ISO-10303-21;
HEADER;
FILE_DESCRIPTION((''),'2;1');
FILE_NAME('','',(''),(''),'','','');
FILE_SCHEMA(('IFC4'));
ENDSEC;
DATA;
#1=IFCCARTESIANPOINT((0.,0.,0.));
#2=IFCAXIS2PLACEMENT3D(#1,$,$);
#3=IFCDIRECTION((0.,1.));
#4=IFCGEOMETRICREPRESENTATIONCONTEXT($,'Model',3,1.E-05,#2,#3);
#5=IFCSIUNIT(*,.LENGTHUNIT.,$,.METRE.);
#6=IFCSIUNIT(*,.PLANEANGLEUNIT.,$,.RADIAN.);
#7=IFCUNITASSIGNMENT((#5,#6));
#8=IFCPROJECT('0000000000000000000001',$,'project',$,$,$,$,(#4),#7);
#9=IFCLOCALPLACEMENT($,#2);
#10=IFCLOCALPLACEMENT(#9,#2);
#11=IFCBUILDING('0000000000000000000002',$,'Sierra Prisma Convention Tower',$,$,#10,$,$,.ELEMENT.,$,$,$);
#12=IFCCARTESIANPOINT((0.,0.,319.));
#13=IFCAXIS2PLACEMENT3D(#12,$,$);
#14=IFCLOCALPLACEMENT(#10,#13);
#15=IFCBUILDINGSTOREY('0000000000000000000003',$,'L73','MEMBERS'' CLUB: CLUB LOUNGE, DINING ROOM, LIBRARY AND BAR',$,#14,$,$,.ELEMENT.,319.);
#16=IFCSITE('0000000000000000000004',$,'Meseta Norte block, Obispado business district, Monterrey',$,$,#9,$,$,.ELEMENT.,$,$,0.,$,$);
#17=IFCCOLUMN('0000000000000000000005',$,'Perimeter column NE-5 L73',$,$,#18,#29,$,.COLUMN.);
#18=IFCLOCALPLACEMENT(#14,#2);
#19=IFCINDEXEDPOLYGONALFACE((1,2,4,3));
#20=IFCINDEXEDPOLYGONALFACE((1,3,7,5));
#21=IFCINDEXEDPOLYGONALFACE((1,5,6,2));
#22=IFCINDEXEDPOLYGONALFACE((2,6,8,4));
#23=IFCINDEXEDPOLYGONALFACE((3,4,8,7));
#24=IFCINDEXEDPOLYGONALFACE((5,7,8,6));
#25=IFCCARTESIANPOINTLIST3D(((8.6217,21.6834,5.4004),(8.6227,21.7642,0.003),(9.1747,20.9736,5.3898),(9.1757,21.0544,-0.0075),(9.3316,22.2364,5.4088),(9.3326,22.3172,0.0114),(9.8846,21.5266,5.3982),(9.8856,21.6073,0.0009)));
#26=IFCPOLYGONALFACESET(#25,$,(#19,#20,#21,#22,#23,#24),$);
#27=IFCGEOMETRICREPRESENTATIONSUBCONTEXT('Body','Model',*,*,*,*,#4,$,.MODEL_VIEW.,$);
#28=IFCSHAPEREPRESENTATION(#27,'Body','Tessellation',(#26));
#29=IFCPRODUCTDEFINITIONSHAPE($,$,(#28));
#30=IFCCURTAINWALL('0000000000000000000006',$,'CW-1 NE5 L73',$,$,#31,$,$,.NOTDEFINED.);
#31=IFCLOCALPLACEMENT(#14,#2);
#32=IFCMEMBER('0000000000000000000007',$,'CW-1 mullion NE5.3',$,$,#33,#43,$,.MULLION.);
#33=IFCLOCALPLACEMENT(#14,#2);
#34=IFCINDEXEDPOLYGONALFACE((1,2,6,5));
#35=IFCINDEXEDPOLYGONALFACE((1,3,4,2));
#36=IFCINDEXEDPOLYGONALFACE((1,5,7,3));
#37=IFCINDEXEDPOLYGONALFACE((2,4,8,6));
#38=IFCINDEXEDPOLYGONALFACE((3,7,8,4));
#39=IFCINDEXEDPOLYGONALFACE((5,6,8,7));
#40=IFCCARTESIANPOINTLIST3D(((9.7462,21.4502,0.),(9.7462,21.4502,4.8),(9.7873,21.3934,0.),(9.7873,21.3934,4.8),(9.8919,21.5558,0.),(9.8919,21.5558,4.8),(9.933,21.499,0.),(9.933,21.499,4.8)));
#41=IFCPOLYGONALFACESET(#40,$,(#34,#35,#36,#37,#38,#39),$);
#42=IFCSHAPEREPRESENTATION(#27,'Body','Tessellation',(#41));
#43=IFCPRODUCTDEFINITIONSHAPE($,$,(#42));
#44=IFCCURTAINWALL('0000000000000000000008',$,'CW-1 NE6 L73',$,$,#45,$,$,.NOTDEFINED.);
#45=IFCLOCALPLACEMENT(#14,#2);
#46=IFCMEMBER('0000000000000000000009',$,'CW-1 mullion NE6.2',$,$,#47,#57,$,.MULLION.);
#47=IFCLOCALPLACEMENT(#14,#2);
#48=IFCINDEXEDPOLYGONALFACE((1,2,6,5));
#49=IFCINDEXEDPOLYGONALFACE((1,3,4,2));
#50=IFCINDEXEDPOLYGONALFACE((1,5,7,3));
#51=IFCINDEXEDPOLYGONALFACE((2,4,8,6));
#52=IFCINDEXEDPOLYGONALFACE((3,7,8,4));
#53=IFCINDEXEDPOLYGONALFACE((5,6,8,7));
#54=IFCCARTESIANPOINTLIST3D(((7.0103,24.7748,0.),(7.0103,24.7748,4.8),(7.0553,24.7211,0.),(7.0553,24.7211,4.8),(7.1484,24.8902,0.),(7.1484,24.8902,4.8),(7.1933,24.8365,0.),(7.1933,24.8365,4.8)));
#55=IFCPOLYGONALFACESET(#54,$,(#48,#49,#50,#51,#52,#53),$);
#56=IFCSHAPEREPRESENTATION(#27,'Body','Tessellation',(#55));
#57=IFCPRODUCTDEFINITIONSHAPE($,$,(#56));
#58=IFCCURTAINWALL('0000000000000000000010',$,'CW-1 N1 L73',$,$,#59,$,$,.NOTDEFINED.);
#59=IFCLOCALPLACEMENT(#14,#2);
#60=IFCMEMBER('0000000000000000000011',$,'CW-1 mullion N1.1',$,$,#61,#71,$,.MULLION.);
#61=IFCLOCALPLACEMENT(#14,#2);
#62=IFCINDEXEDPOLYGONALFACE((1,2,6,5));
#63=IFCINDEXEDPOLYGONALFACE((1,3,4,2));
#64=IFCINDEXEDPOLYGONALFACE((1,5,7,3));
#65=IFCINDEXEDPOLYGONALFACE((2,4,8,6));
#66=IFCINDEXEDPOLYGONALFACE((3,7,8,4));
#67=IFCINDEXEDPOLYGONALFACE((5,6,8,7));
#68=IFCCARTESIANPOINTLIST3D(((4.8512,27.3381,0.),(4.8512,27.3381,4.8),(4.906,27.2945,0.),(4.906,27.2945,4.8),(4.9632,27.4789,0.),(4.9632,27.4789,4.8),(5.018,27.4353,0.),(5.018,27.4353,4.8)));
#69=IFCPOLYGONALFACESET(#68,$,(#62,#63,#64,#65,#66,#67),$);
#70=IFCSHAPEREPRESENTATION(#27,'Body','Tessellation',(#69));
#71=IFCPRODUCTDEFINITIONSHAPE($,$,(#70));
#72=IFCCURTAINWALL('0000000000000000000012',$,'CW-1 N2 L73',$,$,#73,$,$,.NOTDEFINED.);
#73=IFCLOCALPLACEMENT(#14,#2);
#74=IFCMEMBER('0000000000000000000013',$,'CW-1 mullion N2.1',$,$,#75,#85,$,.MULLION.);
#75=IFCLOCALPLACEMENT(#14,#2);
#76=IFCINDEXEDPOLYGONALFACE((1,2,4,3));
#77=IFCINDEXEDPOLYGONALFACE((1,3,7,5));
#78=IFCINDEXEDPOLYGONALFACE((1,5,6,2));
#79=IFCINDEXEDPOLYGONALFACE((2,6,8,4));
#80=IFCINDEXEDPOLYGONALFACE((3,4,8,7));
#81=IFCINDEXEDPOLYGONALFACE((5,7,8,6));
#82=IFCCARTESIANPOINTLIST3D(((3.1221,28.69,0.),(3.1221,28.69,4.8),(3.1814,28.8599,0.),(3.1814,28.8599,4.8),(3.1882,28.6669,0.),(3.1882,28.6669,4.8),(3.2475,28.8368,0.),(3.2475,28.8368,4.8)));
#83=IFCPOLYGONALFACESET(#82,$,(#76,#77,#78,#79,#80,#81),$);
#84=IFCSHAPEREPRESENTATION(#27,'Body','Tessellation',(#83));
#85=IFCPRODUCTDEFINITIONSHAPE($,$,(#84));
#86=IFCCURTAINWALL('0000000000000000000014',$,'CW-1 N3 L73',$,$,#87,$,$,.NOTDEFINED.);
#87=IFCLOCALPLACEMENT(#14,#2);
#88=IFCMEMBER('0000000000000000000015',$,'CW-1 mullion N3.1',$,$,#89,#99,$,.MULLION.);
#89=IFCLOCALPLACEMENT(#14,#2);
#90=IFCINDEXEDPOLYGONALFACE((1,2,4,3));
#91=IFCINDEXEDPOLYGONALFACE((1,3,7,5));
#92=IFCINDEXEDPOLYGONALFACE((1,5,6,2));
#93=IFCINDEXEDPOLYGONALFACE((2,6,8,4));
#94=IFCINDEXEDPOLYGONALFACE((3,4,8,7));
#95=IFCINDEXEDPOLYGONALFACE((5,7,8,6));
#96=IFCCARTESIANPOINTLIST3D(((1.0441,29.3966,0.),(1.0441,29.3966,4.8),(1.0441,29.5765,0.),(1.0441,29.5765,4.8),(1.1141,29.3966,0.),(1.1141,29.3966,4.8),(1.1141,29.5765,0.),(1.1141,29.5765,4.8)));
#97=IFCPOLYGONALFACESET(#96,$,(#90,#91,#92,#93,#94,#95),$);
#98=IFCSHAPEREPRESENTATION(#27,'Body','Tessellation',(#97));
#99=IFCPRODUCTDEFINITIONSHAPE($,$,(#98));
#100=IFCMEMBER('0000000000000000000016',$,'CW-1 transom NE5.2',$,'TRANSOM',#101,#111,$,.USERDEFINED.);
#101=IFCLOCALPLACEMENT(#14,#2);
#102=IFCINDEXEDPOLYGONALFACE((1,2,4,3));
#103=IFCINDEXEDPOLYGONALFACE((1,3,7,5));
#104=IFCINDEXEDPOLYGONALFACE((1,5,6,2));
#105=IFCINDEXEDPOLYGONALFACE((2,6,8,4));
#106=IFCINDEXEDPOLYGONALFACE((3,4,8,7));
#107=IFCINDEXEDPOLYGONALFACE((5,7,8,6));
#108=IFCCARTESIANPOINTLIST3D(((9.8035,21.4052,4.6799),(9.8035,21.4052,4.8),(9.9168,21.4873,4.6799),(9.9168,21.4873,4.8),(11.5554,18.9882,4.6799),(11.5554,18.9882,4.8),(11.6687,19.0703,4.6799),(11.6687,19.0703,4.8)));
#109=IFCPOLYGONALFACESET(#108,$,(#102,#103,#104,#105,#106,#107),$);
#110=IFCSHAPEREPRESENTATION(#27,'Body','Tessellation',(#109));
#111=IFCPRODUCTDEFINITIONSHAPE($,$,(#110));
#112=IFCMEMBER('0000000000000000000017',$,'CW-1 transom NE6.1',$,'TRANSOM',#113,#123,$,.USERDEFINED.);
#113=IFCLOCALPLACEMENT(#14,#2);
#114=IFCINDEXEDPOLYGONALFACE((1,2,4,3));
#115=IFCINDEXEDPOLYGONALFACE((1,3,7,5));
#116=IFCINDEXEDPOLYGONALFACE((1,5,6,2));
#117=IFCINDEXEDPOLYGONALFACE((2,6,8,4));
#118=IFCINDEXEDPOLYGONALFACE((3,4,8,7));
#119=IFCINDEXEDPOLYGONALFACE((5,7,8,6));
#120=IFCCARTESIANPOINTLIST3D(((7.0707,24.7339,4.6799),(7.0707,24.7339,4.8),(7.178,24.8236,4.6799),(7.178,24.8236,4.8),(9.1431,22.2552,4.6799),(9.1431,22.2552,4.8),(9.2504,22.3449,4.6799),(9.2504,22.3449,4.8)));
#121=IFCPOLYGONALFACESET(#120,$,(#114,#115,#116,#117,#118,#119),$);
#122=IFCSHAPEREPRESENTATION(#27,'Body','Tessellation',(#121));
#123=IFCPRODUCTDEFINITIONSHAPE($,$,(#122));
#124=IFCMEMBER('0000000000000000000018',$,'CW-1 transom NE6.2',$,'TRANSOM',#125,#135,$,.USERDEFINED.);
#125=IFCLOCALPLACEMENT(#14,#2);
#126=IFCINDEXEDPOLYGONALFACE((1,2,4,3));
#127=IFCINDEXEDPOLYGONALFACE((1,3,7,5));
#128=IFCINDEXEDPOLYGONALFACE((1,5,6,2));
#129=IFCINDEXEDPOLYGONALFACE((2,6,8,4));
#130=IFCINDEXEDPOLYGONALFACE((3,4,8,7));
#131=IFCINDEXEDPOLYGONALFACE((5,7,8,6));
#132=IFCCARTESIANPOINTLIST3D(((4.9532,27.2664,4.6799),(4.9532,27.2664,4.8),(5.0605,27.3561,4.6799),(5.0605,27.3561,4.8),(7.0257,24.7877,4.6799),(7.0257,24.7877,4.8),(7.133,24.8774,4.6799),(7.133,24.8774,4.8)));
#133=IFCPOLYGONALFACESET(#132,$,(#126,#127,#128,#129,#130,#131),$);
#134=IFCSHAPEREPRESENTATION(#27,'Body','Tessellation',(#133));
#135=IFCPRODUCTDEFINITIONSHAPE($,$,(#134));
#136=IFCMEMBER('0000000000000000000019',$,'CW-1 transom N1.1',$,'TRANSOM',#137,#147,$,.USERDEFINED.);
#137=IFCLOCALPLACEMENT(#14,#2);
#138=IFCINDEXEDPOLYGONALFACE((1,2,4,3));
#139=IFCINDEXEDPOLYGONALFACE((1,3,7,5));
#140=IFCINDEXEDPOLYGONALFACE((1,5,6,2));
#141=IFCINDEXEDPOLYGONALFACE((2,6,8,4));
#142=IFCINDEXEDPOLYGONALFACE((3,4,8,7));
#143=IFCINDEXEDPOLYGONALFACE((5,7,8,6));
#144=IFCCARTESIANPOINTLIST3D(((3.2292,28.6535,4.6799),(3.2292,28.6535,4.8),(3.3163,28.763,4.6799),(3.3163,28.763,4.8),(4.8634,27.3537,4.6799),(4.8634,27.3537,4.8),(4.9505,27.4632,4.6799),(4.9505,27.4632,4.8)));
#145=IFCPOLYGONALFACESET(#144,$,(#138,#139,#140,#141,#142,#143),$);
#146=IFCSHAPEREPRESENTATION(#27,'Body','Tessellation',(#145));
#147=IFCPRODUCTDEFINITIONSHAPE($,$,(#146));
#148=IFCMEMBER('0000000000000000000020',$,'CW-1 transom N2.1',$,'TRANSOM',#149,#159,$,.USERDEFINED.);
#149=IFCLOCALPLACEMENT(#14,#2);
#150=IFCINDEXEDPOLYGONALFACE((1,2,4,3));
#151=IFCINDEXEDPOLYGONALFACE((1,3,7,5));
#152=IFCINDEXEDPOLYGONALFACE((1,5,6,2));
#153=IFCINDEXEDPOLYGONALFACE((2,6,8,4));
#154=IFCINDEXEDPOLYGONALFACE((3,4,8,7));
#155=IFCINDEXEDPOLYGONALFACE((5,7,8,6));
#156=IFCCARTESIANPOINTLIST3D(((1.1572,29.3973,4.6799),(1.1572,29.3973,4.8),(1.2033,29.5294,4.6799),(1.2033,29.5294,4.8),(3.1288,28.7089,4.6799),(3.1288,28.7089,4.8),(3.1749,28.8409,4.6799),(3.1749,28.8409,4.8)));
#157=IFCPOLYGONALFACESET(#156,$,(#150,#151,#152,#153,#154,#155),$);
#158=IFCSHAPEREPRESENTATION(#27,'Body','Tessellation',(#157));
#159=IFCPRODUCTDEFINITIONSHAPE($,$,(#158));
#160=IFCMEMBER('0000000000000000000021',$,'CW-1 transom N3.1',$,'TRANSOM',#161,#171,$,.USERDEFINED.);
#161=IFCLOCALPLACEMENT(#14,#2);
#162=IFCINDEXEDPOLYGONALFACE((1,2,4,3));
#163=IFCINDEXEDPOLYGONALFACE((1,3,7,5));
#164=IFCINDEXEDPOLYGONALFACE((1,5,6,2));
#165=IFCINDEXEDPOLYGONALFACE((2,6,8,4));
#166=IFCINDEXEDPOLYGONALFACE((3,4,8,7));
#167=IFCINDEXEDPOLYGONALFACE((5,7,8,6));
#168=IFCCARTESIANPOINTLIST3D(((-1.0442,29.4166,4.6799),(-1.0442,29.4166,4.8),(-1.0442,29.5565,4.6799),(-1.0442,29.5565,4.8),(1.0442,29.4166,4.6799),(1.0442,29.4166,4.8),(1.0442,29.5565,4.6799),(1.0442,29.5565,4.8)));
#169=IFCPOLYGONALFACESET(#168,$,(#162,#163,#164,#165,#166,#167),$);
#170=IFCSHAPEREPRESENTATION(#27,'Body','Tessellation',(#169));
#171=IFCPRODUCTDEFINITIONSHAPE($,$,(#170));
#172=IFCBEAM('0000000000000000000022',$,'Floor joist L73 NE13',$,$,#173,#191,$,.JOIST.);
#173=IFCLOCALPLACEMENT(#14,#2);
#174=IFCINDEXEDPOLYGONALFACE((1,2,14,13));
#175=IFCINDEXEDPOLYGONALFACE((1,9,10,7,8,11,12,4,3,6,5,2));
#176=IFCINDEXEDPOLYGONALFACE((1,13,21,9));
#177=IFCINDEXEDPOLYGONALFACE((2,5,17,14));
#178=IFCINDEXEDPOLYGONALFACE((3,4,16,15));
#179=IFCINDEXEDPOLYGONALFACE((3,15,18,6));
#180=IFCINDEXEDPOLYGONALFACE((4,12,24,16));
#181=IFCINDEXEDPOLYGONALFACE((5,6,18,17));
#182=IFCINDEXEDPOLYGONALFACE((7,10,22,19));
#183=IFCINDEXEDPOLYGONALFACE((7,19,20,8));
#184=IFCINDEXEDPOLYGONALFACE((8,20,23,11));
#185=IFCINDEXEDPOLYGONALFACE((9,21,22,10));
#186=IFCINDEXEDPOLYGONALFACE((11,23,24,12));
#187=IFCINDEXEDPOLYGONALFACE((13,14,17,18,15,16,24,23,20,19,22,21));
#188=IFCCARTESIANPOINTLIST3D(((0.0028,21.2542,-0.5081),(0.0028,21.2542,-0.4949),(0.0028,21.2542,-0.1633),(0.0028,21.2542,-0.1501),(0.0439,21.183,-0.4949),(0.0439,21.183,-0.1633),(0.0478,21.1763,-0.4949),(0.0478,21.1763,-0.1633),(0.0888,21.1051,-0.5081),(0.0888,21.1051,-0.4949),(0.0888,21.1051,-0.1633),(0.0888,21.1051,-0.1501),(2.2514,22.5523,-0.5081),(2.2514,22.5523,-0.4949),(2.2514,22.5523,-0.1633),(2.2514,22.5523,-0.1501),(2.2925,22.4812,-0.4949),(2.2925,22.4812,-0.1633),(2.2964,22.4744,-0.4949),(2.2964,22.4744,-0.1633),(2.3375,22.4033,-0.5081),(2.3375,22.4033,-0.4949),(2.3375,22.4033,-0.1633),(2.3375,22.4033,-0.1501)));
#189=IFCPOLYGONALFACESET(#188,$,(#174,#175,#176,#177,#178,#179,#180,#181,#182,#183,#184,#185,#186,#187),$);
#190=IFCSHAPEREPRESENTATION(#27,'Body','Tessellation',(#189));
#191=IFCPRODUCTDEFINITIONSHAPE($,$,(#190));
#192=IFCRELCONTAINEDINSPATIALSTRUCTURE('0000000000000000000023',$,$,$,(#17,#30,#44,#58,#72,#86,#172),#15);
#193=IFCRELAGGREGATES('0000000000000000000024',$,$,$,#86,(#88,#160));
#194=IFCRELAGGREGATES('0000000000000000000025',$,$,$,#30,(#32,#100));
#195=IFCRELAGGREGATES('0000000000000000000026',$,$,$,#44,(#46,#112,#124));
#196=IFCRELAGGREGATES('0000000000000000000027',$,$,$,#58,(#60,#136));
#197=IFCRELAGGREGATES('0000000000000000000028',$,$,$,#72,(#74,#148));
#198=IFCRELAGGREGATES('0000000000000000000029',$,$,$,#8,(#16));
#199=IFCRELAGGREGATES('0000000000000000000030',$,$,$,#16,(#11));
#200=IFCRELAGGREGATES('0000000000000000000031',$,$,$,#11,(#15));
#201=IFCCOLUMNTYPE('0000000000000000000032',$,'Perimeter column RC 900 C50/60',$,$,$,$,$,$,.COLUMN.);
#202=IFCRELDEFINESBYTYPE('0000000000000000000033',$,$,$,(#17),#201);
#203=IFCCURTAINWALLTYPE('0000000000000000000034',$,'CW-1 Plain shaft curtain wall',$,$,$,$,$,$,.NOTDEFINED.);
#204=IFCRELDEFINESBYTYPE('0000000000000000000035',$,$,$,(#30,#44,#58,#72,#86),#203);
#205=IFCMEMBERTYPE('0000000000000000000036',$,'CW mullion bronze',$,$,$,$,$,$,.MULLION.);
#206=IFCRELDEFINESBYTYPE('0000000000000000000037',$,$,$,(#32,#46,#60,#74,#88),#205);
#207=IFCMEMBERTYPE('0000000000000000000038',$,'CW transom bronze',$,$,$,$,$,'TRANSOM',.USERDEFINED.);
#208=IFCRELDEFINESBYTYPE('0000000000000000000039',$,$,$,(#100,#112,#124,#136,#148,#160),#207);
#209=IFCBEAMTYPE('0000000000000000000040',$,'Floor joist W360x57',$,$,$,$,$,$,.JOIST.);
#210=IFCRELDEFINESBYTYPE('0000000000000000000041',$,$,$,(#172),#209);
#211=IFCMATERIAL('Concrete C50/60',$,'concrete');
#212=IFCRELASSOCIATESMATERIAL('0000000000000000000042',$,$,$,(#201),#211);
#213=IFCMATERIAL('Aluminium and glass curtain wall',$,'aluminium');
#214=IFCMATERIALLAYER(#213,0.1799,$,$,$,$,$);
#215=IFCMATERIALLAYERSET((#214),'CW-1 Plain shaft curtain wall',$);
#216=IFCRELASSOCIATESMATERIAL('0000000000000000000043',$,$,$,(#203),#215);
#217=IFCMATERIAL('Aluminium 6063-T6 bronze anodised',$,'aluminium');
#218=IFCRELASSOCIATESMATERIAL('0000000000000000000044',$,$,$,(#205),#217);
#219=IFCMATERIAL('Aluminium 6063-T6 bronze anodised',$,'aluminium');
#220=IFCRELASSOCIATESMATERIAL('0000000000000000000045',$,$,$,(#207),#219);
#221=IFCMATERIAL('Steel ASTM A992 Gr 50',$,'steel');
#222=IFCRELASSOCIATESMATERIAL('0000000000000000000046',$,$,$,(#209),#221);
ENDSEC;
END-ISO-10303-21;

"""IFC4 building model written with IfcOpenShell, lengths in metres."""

from ifc_helpers import new_model, si_unit, direction, frame, origin, origin_2d, place, context, subcontext, project, spatial, rectangle, i_section, extrude, clip, halfspace, material, layer, layer_set, material_profile, profile_set, type_object, element, aggregate, save


model = new_model("IFC4")

# Units and contexts
model_context = context("Model", 3, precision=1e-05, world=origin(), true_north=direction((0.0, 1.0)))
body_context = subcontext(model_context, "Body", "Model", "MODEL_VIEW")
ifc_project = project(units=[si_unit("LENGTHUNIT", "METRE"), si_unit("PLANEANGLEUNIT", "RADIAN")], contexts=[model_context])

# Site, building, storey
site_placement = place(None, origin())
site = spatial("IfcSite", under=ifc_project, at=site_placement, Name="Meseta Norte block, Obispado business district, Monterrey", CompositionType="ELEMENT", RefElevation=0.0)
building_placement = place(site_placement, origin())
building = spatial("IfcBuilding", under=site, at=building_placement, Name="Sierra Prisma Convention Tower", CompositionType="ELEMENT")
storey_placement = place(building_placement, frame((0.0, 0.0, 319.0)))
storey = spatial("IfcBuildingStorey", under=building, at=storey_placement, Name="L73", Description="MEMBERS' CLUB: CLUB LOUNGE, DINING ROOM, LIBRARY AND BAR", CompositionType="ELEMENT", Elevation=319.0)

# Column
ifc_material_1 = material(Name="Concrete C50/60", Category="concrete")
ifc_material_profile_1 = material_profile(ifc_material_1, rectangle(XDim=0.8999, YDim=0.8999, at=origin_2d()), Name="Perimeter column RC 900 C50/60")
ifc_profile_set_1 = profile_set([ifc_material_profile_1], Name="Concrete C50/60")
column_type = type_object("IfcColumnType", Name="Perimeter column RC 900 C50/60", PredefinedType="COLUMN", material=ifc_profile_set_1)
column_placement = place(storey_placement, frame((9.2542, 21.6858, 0.0), z_axis=(-0.000181, -0.014964, 0.999888), x_axis=(-0.614561, 0.788783, 0.011693)))
element("IfcColumn", 1, at=column_placement, inside=storey, type_object=column_type, Name="Perimeter column NE-5 L73", PredefinedType="COLUMN", context=body_context, shape_type="SweptSolid", body=[
    clip(clip(extrude(rectangle(XDim=0.8999, YDim=0.8999, at=origin_2d()), origin(), (0.0, 0.0, 1.0), 5.4004), halfspace(frame((0.0, 0.0, 0.002)), True)), halfspace(frame((0.0, 0.0, 5.3999)), False)),
])

# Curtain walls, members
ifc_material_2 = material(Name="Aluminium and glass curtain wall", Category="aluminium")
ifc_layer_1 = layer(ifc_material_2, 0.1799)
ifc_layer_set_1 = layer_set([ifc_layer_1], Name="CW-1 Plain shaft curtain wall")
curtain_wall_type = type_object("IfcCurtainWallType", Name="CW-1 Plain shaft curtain wall", PredefinedType="NOTDEFINED", material=ifc_layer_set_1)
curtain_wall_1_placement = place(storey_placement, origin())
curtain_wall_1 = element("IfcCurtainWall", 2, at=curtain_wall_1_placement, inside=storey, type_object=curtain_wall_type, Name="CW-1 NE5 L73", PredefinedType="NOTDEFINED")
ifc_material_3 = material(Name="Aluminium 6063-T6 bronze anodised", Category="aluminium")
ifc_material_profile_2 = material_profile(ifc_material_3, rectangle(XDim=0.1799, YDim=0.0701, at=origin_2d()), Name="ALU MULLION 70x180")
ifc_profile_set_2 = profile_set([ifc_material_profile_2], Name="Aluminium 6063-T6 bronze anodised")
member_type_1 = type_object("IfcMemberType", Name="CW mullion bronze", PredefinedType="MULLION", material=ifc_profile_set_2)
member_1_placement = place(storey_placement, frame((9.8396, 21.4746, 0.0), z_axis=(0.0, 0.0, 1.0), x_axis=(-0.809632, -0.586938, 0.0)))
member_1 = element("IfcMember", 3, at=member_1_placement, type_object=member_type_1, Name="CW-1 mullion NE5.3", PredefinedType="MULLION", context=body_context, shape_type="SweptSolid", body=[
    extrude(rectangle(XDim=0.1799, YDim=0.0701, at=origin_2d()), origin(), (0.0, 0.0, 1.0), 4.8),
])
curtain_wall_2_placement = place(storey_placement, origin())
curtain_wall_2 = element("IfcCurtainWall", 4, at=curtain_wall_2_placement, inside=storey, type_object=curtain_wall_type, Name="CW-1 NE6 L73", PredefinedType="NOTDEFINED")
member_2_placement = place(storey_placement, frame((7.1018, 24.8057, 0.0), z_axis=(0.0, 0.0, 1.0), x_axis=(-0.767165, -0.64145, 0.0)))
member_2 = element("IfcMember", 5, at=member_2_placement, type_object=member_type_1, Name="CW-1 mullion NE6.2", PredefinedType="MULLION", context=body_context, shape_type="SweptSolid", body=[
    extrude(rectangle(XDim=0.1799, YDim=0.0701, at=origin_2d()), origin(), (0.0, 0.0, 1.0), 4.8),
])
curtain_wall_3_placement = place(storey_placement, origin())
curtain_wall_3 = element("IfcCurtainWall", 6, at=curtain_wall_3_placement, inside=storey, type_object=curtain_wall_type, Name="CW-1 N1 L73", PredefinedType="NOTDEFINED")
member_3_placement = place(storey_placement, frame((4.9346, 27.3867, 0.0), z_axis=(0.0, 0.0, 1.0), x_axis=(-0.62246, -0.782652, 0.0)))
member_3 = element("IfcMember", 7, at=member_3_placement, type_object=member_type_1, Name="CW-1 mullion N1.1", PredefinedType="MULLION", context=body_context, shape_type="SweptSolid", body=[
    extrude(rectangle(XDim=0.1799, YDim=0.0701, at=origin_2d()), origin(), (0.0, 0.0, 1.0), 4.8),
])
curtain_wall_4_placement = place(storey_placement, origin())
curtain_wall_4 = element("IfcCurtainWall", 8, at=curtain_wall_4_placement, inside=storey, type_object=curtain_wall_type, Name="CW-1 N2 L73", PredefinedType="NOTDEFINED")
member_4_placement = place(storey_placement, frame((3.1848, 28.7634, 0.0), z_axis=(0.0, 0.0, 1.0), x_axis=(-0.329658, -0.944101, 0.0)))
member_4 = element("IfcMember", 9, at=member_4_placement, type_object=member_type_1, Name="CW-1 mullion N2.1", PredefinedType="MULLION", context=body_context, shape_type="SweptSolid", body=[
    extrude(rectangle(XDim=0.1799, YDim=0.0701, at=origin_2d()), origin(), (0.0, 0.0, 1.0), 4.8),
])
curtain_wall_5_placement = place(storey_placement, origin())
curtain_wall_5 = element("IfcCurtainWall", 10, at=curtain_wall_5_placement, inside=storey, type_object=curtain_wall_type, Name="CW-1 N3 L73", PredefinedType="NOTDEFINED")
member_5_placement = place(storey_placement, frame((1.0791, 29.4866, 0.0), z_axis=(0.0, 0.0, 1.0), x_axis=(0.0, -1.0, 0.0)))
member_5 = element("IfcMember", 11, at=member_5_placement, type_object=member_type_1, Name="CW-1 mullion N3.1", PredefinedType="MULLION", context=body_context, shape_type="SweptSolid", body=[
    extrude(rectangle(XDim=0.1799, YDim=0.0701, at=origin_2d()), origin(), (0.0, 0.0, 1.0), 4.8),
])

# Members
ifc_material_4 = material(Name="Aluminium 6063-T6 bronze anodised", Category="aluminium")
ifc_material_profile_3 = material_profile(ifc_material_4, rectangle(XDim=0.1399, YDim=0.1201, at=origin_2d()), Name="ALU TRANSOM 120x140")
ifc_profile_set_3 = profile_set([ifc_material_profile_3], Name="Aluminium 6063-T6 bronze anodised")
member_type_2 = type_object("IfcMemberType", Name="CW transom bronze", ElementType="TRANSOM", PredefinedType="USERDEFINED", material=ifc_profile_set_3)
member_6_placement = place(storey_placement, frame((11.6121, 19.0293, 4.74), z_axis=(-0.586887, 0.809669, 0.0), x_axis=(-0.809669, -0.586887, 0.0)))
member_6 = element("IfcMember", 12, at=member_6_placement, type_object=member_type_2, Name="CW-1 transom NE5.2", ObjectType="TRANSOM", PredefinedType="USERDEFINED", context=body_context, shape_type="SweptSolid", body=[
    extrude(rectangle(XDim=0.1399, YDim=0.1201, at=origin_2d()), origin(), (0.0, 0.0, 1.0), 2.9851),
])
member_7_placement = place(storey_placement, frame((9.1968, 22.3, 4.74), z_axis=(-0.64144, 0.767174, 0.0), x_axis=(-0.767174, -0.64144, 0.0)))
member_7 = element("IfcMember", 13, at=member_7_placement, type_object=member_type_2, Name="CW-1 transom NE6.1", ObjectType="TRANSOM", PredefinedType="USERDEFINED", context=body_context, shape_type="SweptSolid", body=[
    extrude(rectangle(XDim=0.1399, YDim=0.1201, at=origin_2d()), origin(), (0.0, 0.0, 1.0), 3.231),
])
member_8_placement = place(storey_placement, frame((7.0793, 24.8325, 4.74), z_axis=(-0.64144, 0.767174, 0.0), x_axis=(-0.767174, -0.64144, 0.0)))
member_8 = element("IfcMember", 14, at=member_8_placement, type_object=member_type_2, Name="CW-1 transom NE6.2", ObjectType="TRANSOM", PredefinedType="USERDEFINED", context=body_context, shape_type="SweptSolid", body=[
    extrude(rectangle(XDim=0.1399, YDim=0.1201, at=origin_2d()), origin(), (0.0, 0.0, 1.0), 3.231),
])
member_9_placement = place(storey_placement, frame((4.907, 27.4084, 4.74), z_axis=(-0.782645, 0.622468, 0.0), x_axis=(-0.622468, -0.782645, 0.0)))
member_9 = element("IfcMember", 15, at=member_9_placement, type_object=member_type_2, Name="CW-1 transom N1.1", ObjectType="TRANSOM", PredefinedType="USERDEFINED", context=body_context, shape_type="SweptSolid", body=[
    extrude(rectangle(XDim=0.1399, YDim=0.1201, at=origin_2d()), origin(), (0.0, 0.0, 1.0), 2.0881),
])
member_10_placement = place(storey_placement, frame((3.1519, 28.7749, 4.74), z_axis=(-0.944099, 0.329663, 0.0), x_axis=(-0.329663, -0.944099, 0.0)))
member_10 = element("IfcMember", 16, at=member_10_placement, type_object=member_type_2, Name="CW-1 transom N2.1", ObjectType="TRANSOM", PredefinedType="USERDEFINED", context=body_context, shape_type="SweptSolid", body=[
    extrude(rectangle(XDim=0.1399, YDim=0.1201, at=origin_2d()), origin(), (0.0, 0.0, 1.0), 2.0884),
])
member_11_placement = place(storey_placement, frame((1.0442, 29.4866, 4.74), z_axis=(-1.0, 0.0, 0.0), x_axis=(0.0, -1.0, 0.0)))
member_11 = element("IfcMember", 17, at=member_11_placement, type_object=member_type_2, Name="CW-1 transom N3.1", ObjectType="TRANSOM", PredefinedType="USERDEFINED", context=body_context, shape_type="SweptSolid", body=[
    extrude(rectangle(XDim=0.1399, YDim=0.1201, at=origin_2d()), origin(), (0.0, 0.0, 1.0), 2.0884),
])
aggregate(curtain_wall_5, [member_5, member_11])

# Beam
ifc_material_5 = material(Name="Steel ASTM A992 Gr 50", Category="steel")
ifc_material_profile_4 = material_profile(ifc_material_5, i_section(OverallWidth=0.1721, OverallDepth=0.3579, WebThickness=0.0078, FlangeThickness=0.0132, at=origin_2d()), Name="W360x57")
ifc_profile_set_4 = profile_set([ifc_material_profile_4], Name="Steel ASTM A992 Gr 50")
beam_type_1 = type_object("IfcBeamType", Name="Floor joist W360x57", PredefinedType="JOIST", material=ifc_profile_set_4)
beam_1_placement = place(storey_placement, frame((2.2944, 22.4778, -0.3291), z_axis=(-0.866042, -0.499972, 0.0), x_axis=(0.499972, -0.866042, 0.0)))
element("IfcBeam", 18, at=beam_1_placement, inside=storey, type_object=beam_type_1, Name="Floor joist L73 NE13", PredefinedType="JOIST", context=body_context, shape_type="SweptSolid", body=[
    extrude(i_section(OverallWidth=0.1721, OverallDepth=0.3579, WebThickness=0.0078, FlangeThickness=0.0132, at=origin_2d()), origin(), (0.0, 0.0, 1.0), 2.5964),
])

aggregate(curtain_wall_1, [member_1, member_6])
aggregate(curtain_wall_2, [member_2, member_7, member_8])
aggregate(curtain_wall_3, [member_3, member_9])
aggregate(curtain_wall_4, [member_4, member_10])

save(model, "model.ifc")
